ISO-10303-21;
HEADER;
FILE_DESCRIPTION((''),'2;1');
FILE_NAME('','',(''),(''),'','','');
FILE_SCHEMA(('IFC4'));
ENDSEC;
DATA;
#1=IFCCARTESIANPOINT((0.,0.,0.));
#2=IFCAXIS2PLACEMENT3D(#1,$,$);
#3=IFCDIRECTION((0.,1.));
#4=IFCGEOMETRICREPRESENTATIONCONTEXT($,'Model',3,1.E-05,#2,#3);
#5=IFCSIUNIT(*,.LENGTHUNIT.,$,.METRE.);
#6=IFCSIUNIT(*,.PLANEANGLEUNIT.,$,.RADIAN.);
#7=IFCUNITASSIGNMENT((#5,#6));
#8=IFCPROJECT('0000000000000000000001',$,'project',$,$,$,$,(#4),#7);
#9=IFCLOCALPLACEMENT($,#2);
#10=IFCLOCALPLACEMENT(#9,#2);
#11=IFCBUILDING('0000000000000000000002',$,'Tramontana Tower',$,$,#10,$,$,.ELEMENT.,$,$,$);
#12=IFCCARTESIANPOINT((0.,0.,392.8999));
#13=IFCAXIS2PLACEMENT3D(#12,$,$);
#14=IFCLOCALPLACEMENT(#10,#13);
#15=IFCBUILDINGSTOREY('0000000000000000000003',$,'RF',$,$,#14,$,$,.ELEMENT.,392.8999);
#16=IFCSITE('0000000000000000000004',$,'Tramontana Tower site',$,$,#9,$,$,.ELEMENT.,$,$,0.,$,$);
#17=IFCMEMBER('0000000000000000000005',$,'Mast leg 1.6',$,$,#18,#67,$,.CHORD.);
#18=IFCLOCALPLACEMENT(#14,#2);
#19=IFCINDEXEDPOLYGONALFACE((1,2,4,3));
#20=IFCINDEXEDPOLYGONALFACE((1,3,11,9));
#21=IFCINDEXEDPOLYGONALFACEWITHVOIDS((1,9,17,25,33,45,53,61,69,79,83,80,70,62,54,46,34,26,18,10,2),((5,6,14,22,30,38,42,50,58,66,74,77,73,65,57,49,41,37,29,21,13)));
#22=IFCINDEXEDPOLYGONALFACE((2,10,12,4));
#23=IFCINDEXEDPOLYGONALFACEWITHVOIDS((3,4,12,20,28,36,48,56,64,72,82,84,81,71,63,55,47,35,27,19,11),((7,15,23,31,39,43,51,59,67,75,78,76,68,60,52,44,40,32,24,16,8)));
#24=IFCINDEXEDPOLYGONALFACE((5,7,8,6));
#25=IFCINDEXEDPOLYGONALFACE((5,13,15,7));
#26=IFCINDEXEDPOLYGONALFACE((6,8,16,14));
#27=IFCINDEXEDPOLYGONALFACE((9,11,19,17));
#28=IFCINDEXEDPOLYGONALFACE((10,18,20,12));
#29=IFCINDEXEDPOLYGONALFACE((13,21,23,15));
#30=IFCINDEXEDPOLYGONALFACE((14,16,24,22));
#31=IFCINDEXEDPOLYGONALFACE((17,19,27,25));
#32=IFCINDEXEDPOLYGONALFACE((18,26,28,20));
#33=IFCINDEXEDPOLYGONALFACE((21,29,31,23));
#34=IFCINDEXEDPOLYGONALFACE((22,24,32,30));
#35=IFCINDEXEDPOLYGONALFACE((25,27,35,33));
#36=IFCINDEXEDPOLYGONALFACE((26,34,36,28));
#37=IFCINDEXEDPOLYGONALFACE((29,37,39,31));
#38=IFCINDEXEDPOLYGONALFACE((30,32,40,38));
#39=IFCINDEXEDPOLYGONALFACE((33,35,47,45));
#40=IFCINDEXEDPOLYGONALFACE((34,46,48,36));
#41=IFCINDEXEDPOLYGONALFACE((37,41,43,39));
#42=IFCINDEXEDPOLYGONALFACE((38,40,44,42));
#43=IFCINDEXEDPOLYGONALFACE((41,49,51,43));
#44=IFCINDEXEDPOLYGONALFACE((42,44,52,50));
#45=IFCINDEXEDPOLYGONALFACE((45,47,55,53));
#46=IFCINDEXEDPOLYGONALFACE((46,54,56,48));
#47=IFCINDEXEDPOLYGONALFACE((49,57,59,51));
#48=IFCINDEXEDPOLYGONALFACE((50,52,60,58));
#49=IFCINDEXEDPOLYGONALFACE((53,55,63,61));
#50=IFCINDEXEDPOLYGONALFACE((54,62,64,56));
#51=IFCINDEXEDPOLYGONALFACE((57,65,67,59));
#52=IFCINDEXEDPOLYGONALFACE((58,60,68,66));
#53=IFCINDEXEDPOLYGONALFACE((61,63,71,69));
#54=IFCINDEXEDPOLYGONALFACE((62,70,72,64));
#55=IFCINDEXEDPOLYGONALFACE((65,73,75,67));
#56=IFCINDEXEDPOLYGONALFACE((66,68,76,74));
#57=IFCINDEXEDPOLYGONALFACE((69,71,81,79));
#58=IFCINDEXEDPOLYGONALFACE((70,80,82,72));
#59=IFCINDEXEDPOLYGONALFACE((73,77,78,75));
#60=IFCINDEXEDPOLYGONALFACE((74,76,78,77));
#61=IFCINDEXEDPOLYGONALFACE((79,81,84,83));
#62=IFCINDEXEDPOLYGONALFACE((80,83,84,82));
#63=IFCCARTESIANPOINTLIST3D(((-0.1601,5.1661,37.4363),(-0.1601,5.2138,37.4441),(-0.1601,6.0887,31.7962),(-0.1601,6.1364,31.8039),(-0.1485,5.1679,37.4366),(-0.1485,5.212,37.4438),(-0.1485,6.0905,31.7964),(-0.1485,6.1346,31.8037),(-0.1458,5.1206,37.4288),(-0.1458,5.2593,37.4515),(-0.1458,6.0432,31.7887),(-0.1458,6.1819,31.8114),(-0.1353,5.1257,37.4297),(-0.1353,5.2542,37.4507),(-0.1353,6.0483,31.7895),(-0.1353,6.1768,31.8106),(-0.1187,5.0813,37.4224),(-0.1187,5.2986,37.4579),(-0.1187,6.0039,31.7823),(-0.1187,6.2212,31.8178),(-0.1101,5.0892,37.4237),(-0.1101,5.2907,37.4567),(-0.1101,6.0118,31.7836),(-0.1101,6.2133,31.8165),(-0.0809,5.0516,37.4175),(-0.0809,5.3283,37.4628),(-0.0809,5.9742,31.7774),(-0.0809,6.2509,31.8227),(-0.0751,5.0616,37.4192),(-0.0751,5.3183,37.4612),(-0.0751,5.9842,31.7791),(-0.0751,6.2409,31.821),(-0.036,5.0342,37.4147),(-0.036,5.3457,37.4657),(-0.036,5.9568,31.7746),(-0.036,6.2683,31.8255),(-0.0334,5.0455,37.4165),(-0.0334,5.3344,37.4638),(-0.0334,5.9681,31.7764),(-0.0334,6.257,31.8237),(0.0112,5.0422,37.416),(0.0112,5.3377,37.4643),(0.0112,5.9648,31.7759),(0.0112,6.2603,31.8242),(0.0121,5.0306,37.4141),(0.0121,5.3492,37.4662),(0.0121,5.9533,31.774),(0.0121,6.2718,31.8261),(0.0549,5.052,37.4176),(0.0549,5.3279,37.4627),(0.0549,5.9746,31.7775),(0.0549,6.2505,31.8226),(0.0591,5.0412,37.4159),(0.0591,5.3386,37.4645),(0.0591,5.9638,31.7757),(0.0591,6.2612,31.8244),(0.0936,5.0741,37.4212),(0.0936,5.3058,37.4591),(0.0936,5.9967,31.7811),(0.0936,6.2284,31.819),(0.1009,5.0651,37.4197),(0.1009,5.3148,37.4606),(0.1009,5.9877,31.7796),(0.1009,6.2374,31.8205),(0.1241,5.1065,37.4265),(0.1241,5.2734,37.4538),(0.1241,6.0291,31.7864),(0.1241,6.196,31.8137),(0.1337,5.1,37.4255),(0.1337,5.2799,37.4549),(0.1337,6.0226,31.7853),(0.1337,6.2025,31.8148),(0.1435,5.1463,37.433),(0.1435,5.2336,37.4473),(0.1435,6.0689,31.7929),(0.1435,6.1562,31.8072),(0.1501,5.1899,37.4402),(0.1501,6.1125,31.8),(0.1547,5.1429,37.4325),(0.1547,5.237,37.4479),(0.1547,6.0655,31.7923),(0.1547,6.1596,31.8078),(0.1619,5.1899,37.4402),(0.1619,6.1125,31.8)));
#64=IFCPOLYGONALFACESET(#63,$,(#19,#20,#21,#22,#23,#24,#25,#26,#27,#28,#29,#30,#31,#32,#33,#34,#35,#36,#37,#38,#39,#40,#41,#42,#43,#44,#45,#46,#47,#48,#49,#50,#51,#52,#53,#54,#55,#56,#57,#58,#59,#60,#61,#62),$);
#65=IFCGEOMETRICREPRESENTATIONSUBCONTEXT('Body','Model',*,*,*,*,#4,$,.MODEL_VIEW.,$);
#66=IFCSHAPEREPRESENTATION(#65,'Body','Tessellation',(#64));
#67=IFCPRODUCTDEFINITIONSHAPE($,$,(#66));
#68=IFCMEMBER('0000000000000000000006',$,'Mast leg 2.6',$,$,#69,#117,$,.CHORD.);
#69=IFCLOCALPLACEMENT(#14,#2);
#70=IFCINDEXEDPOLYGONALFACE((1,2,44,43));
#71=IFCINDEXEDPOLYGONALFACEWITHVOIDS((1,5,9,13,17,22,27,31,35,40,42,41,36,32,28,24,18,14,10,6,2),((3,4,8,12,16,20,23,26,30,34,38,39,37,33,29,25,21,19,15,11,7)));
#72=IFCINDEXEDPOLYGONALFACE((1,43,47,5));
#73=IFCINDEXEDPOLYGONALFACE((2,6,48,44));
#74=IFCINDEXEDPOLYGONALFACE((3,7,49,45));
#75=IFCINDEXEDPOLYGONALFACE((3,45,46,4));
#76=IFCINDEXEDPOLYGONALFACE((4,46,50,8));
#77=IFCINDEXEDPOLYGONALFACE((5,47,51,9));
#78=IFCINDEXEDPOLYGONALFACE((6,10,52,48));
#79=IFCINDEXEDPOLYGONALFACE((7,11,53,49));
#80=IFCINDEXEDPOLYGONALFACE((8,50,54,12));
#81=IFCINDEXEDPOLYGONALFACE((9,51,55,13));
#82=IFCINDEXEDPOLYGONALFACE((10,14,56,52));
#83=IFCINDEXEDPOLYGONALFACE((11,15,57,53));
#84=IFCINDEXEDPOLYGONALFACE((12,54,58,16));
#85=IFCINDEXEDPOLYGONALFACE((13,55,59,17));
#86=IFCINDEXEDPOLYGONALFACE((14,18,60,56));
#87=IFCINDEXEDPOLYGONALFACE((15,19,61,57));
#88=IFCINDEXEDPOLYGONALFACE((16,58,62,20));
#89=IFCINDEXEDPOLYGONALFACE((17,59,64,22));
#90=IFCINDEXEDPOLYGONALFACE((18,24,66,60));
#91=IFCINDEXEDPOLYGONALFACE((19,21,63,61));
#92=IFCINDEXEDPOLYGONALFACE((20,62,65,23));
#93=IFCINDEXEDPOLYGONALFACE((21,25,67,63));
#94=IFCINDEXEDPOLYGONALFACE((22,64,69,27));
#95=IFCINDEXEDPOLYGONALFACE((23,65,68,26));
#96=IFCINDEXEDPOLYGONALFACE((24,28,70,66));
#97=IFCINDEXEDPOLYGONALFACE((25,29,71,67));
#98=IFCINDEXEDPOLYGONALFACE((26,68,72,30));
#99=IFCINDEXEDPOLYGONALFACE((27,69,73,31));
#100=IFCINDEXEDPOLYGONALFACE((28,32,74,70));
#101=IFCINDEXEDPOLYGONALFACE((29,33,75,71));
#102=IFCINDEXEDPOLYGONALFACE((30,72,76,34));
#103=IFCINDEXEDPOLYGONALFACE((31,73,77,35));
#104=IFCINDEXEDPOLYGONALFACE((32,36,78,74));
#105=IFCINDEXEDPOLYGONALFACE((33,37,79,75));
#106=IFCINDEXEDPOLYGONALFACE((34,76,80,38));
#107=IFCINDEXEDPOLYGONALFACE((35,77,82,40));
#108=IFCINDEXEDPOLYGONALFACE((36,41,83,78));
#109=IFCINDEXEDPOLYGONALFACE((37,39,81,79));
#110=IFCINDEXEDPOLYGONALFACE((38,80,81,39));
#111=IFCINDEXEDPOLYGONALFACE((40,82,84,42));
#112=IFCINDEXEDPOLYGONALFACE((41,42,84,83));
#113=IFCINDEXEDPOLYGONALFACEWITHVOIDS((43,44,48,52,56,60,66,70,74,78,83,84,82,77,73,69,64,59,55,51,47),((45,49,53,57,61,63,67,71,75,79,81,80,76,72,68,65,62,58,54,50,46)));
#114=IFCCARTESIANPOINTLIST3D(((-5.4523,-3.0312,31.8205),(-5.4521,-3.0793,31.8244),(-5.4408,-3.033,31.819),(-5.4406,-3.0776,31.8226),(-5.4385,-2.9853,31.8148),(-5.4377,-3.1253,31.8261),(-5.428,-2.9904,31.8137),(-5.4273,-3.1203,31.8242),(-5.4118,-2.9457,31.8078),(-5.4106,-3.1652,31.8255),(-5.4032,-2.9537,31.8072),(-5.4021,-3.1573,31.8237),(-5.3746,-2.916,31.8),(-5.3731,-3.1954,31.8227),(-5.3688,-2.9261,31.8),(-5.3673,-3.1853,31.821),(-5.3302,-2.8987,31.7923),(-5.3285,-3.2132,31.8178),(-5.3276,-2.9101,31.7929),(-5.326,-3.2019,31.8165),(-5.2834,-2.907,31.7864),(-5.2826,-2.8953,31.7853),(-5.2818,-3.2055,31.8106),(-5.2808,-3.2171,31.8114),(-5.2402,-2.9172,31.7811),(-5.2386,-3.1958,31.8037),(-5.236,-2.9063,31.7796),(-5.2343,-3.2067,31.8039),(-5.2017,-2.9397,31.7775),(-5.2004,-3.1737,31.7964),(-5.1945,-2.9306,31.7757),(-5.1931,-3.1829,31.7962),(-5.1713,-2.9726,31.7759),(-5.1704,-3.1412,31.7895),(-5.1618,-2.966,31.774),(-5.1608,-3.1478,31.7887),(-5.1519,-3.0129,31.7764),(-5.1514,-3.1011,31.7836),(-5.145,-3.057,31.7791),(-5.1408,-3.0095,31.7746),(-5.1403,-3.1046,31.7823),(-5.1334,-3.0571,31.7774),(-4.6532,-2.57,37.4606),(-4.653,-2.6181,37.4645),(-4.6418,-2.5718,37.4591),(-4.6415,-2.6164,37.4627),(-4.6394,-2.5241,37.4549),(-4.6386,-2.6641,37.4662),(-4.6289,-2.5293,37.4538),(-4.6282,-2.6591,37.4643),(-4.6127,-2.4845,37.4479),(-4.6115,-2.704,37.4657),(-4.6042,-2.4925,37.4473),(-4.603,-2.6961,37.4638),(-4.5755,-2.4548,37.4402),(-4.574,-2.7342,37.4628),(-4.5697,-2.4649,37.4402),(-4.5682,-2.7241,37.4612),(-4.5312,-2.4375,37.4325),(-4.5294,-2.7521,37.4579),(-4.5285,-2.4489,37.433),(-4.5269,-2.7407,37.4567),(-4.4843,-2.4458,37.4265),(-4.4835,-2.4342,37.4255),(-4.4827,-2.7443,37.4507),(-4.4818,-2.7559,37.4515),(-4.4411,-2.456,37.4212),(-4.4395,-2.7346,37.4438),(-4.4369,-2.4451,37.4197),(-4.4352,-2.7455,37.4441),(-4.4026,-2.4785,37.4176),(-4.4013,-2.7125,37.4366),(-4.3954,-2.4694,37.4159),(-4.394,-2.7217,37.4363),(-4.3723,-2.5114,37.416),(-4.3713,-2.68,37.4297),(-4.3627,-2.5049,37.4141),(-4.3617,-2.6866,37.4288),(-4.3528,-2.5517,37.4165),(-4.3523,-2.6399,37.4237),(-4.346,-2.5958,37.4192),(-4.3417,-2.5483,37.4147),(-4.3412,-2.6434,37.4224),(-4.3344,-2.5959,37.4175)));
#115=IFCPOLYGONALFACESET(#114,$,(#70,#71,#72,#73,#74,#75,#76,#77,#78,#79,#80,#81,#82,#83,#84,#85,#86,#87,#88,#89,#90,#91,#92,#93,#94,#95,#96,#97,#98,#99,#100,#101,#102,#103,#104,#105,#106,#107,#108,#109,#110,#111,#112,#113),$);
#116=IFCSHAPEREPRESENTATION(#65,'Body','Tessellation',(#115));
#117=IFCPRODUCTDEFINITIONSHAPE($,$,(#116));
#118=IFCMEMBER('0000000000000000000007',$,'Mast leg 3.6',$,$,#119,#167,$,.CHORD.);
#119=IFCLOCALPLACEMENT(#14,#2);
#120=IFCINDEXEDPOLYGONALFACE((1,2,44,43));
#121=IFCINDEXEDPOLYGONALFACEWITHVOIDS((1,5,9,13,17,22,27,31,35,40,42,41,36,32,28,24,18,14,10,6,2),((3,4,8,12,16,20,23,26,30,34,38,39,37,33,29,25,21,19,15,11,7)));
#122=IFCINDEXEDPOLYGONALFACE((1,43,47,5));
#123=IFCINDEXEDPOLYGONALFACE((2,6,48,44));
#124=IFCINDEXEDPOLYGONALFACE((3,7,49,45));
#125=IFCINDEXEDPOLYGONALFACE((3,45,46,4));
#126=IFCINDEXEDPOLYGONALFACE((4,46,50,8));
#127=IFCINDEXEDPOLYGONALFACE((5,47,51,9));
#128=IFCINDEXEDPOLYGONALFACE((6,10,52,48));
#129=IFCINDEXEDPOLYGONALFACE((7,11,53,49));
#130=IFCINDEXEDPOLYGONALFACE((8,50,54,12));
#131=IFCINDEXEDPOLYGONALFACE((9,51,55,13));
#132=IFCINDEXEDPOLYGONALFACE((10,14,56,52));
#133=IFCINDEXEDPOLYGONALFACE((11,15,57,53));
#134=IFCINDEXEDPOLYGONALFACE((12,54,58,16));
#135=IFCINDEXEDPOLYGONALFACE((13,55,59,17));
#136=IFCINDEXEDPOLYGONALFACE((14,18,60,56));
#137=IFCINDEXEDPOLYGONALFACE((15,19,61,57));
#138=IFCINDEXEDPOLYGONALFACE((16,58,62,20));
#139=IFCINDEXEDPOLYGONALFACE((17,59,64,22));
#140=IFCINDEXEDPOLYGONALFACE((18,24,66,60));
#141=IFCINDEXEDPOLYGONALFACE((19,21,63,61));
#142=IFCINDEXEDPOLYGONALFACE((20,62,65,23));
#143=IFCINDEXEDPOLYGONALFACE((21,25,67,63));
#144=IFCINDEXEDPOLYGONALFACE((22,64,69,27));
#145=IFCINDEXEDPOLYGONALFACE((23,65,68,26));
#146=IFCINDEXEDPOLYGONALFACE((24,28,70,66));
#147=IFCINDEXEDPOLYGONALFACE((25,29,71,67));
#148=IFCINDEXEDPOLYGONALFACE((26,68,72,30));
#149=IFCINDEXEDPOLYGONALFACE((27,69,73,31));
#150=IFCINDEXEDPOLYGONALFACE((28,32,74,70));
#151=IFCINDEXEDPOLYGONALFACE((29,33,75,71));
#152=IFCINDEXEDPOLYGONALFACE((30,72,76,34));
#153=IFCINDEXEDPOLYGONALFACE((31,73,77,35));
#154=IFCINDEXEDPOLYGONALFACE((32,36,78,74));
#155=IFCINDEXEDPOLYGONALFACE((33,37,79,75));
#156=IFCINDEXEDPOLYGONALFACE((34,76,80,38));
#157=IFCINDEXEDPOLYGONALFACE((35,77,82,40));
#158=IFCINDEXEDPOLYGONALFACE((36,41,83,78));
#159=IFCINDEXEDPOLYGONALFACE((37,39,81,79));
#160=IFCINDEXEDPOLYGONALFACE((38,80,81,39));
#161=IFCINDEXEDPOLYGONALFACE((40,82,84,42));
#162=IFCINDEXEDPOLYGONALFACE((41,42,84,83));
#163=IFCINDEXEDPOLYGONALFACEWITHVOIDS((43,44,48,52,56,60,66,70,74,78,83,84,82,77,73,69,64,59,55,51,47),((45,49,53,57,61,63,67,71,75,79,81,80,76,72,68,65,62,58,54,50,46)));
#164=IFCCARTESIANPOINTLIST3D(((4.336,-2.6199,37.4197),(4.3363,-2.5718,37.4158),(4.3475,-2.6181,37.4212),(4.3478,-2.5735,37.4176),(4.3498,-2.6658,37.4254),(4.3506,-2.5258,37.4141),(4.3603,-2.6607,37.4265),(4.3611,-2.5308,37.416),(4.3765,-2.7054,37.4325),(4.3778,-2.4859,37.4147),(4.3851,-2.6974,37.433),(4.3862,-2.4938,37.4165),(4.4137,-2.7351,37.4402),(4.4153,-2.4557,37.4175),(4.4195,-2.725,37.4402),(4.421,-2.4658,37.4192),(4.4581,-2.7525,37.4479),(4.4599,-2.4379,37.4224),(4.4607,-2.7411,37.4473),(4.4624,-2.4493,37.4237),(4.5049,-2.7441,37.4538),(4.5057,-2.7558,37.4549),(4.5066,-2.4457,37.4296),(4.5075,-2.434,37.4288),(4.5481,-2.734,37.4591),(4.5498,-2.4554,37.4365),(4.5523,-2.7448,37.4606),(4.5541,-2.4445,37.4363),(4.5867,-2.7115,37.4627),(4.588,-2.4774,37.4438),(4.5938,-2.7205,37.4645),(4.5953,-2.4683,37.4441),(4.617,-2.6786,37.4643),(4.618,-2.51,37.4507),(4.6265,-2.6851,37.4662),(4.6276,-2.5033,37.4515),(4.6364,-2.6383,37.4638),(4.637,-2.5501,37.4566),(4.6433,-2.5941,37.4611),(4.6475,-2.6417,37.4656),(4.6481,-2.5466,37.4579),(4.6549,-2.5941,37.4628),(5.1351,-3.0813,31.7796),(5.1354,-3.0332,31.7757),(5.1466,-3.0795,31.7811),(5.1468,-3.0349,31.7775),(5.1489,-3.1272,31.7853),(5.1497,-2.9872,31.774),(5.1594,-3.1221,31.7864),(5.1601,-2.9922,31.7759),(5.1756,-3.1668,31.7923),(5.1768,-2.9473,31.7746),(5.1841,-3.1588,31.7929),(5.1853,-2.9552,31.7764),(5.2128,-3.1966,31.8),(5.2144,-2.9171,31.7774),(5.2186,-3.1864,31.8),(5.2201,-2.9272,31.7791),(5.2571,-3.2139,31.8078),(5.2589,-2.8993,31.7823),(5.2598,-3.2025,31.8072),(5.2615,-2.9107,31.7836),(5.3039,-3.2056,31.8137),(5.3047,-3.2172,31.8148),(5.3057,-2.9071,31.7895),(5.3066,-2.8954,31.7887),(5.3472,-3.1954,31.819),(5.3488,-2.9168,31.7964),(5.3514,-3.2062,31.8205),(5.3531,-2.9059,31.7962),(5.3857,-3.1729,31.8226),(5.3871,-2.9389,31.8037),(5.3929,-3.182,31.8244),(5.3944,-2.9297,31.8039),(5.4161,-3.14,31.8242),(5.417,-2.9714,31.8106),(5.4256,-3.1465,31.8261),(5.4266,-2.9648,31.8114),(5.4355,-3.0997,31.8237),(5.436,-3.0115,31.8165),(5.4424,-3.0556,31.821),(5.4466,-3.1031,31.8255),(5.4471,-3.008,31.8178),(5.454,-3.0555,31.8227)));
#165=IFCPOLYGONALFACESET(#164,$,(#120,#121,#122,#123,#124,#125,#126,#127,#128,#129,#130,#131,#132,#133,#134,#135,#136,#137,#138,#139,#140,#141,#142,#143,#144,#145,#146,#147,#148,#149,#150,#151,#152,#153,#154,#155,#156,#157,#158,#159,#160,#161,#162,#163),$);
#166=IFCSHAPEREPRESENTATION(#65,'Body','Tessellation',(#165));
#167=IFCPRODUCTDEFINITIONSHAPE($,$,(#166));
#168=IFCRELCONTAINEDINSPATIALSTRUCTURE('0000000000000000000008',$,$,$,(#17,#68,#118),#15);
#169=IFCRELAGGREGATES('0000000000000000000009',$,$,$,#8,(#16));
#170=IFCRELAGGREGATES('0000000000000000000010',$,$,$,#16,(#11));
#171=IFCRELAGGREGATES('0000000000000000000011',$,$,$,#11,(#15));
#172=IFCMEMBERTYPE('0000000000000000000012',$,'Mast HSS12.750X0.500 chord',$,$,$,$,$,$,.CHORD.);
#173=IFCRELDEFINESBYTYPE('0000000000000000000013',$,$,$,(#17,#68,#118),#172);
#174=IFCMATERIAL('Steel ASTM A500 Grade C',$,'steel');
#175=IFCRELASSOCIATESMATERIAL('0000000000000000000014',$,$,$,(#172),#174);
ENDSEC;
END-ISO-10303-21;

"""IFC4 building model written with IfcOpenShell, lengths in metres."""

from ifc_helpers import new_model, si_unit, direction, frame, origin, origin_2d, place, context, subcontext, project, spatial, hollow_circle, extrude, material, material_profile, profile_set, type_object, element, save


model = new_model("IFC4")

# Units and contexts
model_context = context("Model", 3, precision=1e-05, world=origin(), true_north=direction((0.0, 1.0)))
body_context = subcontext(model_context, "Body", "Model", "MODEL_VIEW")
ifc_project = project(units=[si_unit("LENGTHUNIT", "METRE"), si_unit("PLANEANGLEUNIT", "RADIAN")], contexts=[model_context])

# Site, building, storey
site_placement = place(None, origin())
site = spatial("IfcSite", under=ifc_project, at=site_placement, Name="Tramontana Tower site", CompositionType="ELEMENT", RefElevation=0.0)
building_placement = place(site_placement, origin())
building = spatial("IfcBuilding", under=site, at=building_placement, Name="Tramontana Tower", CompositionType="ELEMENT")
storey_placement = place(building_placement, frame((0.0, 0.0, 392.8999)))
storey = spatial("IfcBuildingStorey", under=building, at=storey_placement, Name="RF", CompositionType="ELEMENT", Elevation=392.8999)

# Members
ifc_material_1 = material(Name="Steel ASTM A500 Grade C", Category="steel")
ifc_material_profile_1 = material_profile(ifc_material_1, hollow_circle(Radius=0.1619, WallThickness=0.0117, at=origin_2d()), Name="HSS12.750X0.500")
ifc_profile_set_1 = profile_set([ifc_material_profile_1], Name="Steel ASTM A500 Grade C")
member_type_1 = type_object("IfcMemberType", Name="Mast HSS12.750X0.500 chord", PredefinedType="CHORD", material=ifc_profile_set_1)
for number, where, z_axis, x_axis, name in (
    (1, (0.0, 6.1125, 31.8), (0.0, -0.161433, 0.986884), (1.0, 0.0, 0.0), "Mast leg 1.6"),
    (2, (-5.2937, -3.0562, 31.8), (0.139818, 0.080695, 0.986884), (-0.499868, 0.866102, 0.0), "Mast leg 2.6"),
    (3, (5.2937, -3.0564, 31.8), (-0.139817, 0.080738, 0.98688), (-0.500066, -0.865987, 0.0), "Mast leg 3.6"),
):
    element("IfcMember", number, at=place(storey_placement, frame(where, z_axis=z_axis, x_axis=x_axis)), inside=storey, type_object=member_type_1, Name=name, PredefinedType="CHORD", context=body_context, shape_type="SweptSolid", body=[
        extrude(hollow_circle(Radius=0.1619, WallThickness=0.0117, at=origin_2d()), origin(), (0.0, 0.0, 1.0), 5.7151),
    ])

save(model, "model.ifc")
